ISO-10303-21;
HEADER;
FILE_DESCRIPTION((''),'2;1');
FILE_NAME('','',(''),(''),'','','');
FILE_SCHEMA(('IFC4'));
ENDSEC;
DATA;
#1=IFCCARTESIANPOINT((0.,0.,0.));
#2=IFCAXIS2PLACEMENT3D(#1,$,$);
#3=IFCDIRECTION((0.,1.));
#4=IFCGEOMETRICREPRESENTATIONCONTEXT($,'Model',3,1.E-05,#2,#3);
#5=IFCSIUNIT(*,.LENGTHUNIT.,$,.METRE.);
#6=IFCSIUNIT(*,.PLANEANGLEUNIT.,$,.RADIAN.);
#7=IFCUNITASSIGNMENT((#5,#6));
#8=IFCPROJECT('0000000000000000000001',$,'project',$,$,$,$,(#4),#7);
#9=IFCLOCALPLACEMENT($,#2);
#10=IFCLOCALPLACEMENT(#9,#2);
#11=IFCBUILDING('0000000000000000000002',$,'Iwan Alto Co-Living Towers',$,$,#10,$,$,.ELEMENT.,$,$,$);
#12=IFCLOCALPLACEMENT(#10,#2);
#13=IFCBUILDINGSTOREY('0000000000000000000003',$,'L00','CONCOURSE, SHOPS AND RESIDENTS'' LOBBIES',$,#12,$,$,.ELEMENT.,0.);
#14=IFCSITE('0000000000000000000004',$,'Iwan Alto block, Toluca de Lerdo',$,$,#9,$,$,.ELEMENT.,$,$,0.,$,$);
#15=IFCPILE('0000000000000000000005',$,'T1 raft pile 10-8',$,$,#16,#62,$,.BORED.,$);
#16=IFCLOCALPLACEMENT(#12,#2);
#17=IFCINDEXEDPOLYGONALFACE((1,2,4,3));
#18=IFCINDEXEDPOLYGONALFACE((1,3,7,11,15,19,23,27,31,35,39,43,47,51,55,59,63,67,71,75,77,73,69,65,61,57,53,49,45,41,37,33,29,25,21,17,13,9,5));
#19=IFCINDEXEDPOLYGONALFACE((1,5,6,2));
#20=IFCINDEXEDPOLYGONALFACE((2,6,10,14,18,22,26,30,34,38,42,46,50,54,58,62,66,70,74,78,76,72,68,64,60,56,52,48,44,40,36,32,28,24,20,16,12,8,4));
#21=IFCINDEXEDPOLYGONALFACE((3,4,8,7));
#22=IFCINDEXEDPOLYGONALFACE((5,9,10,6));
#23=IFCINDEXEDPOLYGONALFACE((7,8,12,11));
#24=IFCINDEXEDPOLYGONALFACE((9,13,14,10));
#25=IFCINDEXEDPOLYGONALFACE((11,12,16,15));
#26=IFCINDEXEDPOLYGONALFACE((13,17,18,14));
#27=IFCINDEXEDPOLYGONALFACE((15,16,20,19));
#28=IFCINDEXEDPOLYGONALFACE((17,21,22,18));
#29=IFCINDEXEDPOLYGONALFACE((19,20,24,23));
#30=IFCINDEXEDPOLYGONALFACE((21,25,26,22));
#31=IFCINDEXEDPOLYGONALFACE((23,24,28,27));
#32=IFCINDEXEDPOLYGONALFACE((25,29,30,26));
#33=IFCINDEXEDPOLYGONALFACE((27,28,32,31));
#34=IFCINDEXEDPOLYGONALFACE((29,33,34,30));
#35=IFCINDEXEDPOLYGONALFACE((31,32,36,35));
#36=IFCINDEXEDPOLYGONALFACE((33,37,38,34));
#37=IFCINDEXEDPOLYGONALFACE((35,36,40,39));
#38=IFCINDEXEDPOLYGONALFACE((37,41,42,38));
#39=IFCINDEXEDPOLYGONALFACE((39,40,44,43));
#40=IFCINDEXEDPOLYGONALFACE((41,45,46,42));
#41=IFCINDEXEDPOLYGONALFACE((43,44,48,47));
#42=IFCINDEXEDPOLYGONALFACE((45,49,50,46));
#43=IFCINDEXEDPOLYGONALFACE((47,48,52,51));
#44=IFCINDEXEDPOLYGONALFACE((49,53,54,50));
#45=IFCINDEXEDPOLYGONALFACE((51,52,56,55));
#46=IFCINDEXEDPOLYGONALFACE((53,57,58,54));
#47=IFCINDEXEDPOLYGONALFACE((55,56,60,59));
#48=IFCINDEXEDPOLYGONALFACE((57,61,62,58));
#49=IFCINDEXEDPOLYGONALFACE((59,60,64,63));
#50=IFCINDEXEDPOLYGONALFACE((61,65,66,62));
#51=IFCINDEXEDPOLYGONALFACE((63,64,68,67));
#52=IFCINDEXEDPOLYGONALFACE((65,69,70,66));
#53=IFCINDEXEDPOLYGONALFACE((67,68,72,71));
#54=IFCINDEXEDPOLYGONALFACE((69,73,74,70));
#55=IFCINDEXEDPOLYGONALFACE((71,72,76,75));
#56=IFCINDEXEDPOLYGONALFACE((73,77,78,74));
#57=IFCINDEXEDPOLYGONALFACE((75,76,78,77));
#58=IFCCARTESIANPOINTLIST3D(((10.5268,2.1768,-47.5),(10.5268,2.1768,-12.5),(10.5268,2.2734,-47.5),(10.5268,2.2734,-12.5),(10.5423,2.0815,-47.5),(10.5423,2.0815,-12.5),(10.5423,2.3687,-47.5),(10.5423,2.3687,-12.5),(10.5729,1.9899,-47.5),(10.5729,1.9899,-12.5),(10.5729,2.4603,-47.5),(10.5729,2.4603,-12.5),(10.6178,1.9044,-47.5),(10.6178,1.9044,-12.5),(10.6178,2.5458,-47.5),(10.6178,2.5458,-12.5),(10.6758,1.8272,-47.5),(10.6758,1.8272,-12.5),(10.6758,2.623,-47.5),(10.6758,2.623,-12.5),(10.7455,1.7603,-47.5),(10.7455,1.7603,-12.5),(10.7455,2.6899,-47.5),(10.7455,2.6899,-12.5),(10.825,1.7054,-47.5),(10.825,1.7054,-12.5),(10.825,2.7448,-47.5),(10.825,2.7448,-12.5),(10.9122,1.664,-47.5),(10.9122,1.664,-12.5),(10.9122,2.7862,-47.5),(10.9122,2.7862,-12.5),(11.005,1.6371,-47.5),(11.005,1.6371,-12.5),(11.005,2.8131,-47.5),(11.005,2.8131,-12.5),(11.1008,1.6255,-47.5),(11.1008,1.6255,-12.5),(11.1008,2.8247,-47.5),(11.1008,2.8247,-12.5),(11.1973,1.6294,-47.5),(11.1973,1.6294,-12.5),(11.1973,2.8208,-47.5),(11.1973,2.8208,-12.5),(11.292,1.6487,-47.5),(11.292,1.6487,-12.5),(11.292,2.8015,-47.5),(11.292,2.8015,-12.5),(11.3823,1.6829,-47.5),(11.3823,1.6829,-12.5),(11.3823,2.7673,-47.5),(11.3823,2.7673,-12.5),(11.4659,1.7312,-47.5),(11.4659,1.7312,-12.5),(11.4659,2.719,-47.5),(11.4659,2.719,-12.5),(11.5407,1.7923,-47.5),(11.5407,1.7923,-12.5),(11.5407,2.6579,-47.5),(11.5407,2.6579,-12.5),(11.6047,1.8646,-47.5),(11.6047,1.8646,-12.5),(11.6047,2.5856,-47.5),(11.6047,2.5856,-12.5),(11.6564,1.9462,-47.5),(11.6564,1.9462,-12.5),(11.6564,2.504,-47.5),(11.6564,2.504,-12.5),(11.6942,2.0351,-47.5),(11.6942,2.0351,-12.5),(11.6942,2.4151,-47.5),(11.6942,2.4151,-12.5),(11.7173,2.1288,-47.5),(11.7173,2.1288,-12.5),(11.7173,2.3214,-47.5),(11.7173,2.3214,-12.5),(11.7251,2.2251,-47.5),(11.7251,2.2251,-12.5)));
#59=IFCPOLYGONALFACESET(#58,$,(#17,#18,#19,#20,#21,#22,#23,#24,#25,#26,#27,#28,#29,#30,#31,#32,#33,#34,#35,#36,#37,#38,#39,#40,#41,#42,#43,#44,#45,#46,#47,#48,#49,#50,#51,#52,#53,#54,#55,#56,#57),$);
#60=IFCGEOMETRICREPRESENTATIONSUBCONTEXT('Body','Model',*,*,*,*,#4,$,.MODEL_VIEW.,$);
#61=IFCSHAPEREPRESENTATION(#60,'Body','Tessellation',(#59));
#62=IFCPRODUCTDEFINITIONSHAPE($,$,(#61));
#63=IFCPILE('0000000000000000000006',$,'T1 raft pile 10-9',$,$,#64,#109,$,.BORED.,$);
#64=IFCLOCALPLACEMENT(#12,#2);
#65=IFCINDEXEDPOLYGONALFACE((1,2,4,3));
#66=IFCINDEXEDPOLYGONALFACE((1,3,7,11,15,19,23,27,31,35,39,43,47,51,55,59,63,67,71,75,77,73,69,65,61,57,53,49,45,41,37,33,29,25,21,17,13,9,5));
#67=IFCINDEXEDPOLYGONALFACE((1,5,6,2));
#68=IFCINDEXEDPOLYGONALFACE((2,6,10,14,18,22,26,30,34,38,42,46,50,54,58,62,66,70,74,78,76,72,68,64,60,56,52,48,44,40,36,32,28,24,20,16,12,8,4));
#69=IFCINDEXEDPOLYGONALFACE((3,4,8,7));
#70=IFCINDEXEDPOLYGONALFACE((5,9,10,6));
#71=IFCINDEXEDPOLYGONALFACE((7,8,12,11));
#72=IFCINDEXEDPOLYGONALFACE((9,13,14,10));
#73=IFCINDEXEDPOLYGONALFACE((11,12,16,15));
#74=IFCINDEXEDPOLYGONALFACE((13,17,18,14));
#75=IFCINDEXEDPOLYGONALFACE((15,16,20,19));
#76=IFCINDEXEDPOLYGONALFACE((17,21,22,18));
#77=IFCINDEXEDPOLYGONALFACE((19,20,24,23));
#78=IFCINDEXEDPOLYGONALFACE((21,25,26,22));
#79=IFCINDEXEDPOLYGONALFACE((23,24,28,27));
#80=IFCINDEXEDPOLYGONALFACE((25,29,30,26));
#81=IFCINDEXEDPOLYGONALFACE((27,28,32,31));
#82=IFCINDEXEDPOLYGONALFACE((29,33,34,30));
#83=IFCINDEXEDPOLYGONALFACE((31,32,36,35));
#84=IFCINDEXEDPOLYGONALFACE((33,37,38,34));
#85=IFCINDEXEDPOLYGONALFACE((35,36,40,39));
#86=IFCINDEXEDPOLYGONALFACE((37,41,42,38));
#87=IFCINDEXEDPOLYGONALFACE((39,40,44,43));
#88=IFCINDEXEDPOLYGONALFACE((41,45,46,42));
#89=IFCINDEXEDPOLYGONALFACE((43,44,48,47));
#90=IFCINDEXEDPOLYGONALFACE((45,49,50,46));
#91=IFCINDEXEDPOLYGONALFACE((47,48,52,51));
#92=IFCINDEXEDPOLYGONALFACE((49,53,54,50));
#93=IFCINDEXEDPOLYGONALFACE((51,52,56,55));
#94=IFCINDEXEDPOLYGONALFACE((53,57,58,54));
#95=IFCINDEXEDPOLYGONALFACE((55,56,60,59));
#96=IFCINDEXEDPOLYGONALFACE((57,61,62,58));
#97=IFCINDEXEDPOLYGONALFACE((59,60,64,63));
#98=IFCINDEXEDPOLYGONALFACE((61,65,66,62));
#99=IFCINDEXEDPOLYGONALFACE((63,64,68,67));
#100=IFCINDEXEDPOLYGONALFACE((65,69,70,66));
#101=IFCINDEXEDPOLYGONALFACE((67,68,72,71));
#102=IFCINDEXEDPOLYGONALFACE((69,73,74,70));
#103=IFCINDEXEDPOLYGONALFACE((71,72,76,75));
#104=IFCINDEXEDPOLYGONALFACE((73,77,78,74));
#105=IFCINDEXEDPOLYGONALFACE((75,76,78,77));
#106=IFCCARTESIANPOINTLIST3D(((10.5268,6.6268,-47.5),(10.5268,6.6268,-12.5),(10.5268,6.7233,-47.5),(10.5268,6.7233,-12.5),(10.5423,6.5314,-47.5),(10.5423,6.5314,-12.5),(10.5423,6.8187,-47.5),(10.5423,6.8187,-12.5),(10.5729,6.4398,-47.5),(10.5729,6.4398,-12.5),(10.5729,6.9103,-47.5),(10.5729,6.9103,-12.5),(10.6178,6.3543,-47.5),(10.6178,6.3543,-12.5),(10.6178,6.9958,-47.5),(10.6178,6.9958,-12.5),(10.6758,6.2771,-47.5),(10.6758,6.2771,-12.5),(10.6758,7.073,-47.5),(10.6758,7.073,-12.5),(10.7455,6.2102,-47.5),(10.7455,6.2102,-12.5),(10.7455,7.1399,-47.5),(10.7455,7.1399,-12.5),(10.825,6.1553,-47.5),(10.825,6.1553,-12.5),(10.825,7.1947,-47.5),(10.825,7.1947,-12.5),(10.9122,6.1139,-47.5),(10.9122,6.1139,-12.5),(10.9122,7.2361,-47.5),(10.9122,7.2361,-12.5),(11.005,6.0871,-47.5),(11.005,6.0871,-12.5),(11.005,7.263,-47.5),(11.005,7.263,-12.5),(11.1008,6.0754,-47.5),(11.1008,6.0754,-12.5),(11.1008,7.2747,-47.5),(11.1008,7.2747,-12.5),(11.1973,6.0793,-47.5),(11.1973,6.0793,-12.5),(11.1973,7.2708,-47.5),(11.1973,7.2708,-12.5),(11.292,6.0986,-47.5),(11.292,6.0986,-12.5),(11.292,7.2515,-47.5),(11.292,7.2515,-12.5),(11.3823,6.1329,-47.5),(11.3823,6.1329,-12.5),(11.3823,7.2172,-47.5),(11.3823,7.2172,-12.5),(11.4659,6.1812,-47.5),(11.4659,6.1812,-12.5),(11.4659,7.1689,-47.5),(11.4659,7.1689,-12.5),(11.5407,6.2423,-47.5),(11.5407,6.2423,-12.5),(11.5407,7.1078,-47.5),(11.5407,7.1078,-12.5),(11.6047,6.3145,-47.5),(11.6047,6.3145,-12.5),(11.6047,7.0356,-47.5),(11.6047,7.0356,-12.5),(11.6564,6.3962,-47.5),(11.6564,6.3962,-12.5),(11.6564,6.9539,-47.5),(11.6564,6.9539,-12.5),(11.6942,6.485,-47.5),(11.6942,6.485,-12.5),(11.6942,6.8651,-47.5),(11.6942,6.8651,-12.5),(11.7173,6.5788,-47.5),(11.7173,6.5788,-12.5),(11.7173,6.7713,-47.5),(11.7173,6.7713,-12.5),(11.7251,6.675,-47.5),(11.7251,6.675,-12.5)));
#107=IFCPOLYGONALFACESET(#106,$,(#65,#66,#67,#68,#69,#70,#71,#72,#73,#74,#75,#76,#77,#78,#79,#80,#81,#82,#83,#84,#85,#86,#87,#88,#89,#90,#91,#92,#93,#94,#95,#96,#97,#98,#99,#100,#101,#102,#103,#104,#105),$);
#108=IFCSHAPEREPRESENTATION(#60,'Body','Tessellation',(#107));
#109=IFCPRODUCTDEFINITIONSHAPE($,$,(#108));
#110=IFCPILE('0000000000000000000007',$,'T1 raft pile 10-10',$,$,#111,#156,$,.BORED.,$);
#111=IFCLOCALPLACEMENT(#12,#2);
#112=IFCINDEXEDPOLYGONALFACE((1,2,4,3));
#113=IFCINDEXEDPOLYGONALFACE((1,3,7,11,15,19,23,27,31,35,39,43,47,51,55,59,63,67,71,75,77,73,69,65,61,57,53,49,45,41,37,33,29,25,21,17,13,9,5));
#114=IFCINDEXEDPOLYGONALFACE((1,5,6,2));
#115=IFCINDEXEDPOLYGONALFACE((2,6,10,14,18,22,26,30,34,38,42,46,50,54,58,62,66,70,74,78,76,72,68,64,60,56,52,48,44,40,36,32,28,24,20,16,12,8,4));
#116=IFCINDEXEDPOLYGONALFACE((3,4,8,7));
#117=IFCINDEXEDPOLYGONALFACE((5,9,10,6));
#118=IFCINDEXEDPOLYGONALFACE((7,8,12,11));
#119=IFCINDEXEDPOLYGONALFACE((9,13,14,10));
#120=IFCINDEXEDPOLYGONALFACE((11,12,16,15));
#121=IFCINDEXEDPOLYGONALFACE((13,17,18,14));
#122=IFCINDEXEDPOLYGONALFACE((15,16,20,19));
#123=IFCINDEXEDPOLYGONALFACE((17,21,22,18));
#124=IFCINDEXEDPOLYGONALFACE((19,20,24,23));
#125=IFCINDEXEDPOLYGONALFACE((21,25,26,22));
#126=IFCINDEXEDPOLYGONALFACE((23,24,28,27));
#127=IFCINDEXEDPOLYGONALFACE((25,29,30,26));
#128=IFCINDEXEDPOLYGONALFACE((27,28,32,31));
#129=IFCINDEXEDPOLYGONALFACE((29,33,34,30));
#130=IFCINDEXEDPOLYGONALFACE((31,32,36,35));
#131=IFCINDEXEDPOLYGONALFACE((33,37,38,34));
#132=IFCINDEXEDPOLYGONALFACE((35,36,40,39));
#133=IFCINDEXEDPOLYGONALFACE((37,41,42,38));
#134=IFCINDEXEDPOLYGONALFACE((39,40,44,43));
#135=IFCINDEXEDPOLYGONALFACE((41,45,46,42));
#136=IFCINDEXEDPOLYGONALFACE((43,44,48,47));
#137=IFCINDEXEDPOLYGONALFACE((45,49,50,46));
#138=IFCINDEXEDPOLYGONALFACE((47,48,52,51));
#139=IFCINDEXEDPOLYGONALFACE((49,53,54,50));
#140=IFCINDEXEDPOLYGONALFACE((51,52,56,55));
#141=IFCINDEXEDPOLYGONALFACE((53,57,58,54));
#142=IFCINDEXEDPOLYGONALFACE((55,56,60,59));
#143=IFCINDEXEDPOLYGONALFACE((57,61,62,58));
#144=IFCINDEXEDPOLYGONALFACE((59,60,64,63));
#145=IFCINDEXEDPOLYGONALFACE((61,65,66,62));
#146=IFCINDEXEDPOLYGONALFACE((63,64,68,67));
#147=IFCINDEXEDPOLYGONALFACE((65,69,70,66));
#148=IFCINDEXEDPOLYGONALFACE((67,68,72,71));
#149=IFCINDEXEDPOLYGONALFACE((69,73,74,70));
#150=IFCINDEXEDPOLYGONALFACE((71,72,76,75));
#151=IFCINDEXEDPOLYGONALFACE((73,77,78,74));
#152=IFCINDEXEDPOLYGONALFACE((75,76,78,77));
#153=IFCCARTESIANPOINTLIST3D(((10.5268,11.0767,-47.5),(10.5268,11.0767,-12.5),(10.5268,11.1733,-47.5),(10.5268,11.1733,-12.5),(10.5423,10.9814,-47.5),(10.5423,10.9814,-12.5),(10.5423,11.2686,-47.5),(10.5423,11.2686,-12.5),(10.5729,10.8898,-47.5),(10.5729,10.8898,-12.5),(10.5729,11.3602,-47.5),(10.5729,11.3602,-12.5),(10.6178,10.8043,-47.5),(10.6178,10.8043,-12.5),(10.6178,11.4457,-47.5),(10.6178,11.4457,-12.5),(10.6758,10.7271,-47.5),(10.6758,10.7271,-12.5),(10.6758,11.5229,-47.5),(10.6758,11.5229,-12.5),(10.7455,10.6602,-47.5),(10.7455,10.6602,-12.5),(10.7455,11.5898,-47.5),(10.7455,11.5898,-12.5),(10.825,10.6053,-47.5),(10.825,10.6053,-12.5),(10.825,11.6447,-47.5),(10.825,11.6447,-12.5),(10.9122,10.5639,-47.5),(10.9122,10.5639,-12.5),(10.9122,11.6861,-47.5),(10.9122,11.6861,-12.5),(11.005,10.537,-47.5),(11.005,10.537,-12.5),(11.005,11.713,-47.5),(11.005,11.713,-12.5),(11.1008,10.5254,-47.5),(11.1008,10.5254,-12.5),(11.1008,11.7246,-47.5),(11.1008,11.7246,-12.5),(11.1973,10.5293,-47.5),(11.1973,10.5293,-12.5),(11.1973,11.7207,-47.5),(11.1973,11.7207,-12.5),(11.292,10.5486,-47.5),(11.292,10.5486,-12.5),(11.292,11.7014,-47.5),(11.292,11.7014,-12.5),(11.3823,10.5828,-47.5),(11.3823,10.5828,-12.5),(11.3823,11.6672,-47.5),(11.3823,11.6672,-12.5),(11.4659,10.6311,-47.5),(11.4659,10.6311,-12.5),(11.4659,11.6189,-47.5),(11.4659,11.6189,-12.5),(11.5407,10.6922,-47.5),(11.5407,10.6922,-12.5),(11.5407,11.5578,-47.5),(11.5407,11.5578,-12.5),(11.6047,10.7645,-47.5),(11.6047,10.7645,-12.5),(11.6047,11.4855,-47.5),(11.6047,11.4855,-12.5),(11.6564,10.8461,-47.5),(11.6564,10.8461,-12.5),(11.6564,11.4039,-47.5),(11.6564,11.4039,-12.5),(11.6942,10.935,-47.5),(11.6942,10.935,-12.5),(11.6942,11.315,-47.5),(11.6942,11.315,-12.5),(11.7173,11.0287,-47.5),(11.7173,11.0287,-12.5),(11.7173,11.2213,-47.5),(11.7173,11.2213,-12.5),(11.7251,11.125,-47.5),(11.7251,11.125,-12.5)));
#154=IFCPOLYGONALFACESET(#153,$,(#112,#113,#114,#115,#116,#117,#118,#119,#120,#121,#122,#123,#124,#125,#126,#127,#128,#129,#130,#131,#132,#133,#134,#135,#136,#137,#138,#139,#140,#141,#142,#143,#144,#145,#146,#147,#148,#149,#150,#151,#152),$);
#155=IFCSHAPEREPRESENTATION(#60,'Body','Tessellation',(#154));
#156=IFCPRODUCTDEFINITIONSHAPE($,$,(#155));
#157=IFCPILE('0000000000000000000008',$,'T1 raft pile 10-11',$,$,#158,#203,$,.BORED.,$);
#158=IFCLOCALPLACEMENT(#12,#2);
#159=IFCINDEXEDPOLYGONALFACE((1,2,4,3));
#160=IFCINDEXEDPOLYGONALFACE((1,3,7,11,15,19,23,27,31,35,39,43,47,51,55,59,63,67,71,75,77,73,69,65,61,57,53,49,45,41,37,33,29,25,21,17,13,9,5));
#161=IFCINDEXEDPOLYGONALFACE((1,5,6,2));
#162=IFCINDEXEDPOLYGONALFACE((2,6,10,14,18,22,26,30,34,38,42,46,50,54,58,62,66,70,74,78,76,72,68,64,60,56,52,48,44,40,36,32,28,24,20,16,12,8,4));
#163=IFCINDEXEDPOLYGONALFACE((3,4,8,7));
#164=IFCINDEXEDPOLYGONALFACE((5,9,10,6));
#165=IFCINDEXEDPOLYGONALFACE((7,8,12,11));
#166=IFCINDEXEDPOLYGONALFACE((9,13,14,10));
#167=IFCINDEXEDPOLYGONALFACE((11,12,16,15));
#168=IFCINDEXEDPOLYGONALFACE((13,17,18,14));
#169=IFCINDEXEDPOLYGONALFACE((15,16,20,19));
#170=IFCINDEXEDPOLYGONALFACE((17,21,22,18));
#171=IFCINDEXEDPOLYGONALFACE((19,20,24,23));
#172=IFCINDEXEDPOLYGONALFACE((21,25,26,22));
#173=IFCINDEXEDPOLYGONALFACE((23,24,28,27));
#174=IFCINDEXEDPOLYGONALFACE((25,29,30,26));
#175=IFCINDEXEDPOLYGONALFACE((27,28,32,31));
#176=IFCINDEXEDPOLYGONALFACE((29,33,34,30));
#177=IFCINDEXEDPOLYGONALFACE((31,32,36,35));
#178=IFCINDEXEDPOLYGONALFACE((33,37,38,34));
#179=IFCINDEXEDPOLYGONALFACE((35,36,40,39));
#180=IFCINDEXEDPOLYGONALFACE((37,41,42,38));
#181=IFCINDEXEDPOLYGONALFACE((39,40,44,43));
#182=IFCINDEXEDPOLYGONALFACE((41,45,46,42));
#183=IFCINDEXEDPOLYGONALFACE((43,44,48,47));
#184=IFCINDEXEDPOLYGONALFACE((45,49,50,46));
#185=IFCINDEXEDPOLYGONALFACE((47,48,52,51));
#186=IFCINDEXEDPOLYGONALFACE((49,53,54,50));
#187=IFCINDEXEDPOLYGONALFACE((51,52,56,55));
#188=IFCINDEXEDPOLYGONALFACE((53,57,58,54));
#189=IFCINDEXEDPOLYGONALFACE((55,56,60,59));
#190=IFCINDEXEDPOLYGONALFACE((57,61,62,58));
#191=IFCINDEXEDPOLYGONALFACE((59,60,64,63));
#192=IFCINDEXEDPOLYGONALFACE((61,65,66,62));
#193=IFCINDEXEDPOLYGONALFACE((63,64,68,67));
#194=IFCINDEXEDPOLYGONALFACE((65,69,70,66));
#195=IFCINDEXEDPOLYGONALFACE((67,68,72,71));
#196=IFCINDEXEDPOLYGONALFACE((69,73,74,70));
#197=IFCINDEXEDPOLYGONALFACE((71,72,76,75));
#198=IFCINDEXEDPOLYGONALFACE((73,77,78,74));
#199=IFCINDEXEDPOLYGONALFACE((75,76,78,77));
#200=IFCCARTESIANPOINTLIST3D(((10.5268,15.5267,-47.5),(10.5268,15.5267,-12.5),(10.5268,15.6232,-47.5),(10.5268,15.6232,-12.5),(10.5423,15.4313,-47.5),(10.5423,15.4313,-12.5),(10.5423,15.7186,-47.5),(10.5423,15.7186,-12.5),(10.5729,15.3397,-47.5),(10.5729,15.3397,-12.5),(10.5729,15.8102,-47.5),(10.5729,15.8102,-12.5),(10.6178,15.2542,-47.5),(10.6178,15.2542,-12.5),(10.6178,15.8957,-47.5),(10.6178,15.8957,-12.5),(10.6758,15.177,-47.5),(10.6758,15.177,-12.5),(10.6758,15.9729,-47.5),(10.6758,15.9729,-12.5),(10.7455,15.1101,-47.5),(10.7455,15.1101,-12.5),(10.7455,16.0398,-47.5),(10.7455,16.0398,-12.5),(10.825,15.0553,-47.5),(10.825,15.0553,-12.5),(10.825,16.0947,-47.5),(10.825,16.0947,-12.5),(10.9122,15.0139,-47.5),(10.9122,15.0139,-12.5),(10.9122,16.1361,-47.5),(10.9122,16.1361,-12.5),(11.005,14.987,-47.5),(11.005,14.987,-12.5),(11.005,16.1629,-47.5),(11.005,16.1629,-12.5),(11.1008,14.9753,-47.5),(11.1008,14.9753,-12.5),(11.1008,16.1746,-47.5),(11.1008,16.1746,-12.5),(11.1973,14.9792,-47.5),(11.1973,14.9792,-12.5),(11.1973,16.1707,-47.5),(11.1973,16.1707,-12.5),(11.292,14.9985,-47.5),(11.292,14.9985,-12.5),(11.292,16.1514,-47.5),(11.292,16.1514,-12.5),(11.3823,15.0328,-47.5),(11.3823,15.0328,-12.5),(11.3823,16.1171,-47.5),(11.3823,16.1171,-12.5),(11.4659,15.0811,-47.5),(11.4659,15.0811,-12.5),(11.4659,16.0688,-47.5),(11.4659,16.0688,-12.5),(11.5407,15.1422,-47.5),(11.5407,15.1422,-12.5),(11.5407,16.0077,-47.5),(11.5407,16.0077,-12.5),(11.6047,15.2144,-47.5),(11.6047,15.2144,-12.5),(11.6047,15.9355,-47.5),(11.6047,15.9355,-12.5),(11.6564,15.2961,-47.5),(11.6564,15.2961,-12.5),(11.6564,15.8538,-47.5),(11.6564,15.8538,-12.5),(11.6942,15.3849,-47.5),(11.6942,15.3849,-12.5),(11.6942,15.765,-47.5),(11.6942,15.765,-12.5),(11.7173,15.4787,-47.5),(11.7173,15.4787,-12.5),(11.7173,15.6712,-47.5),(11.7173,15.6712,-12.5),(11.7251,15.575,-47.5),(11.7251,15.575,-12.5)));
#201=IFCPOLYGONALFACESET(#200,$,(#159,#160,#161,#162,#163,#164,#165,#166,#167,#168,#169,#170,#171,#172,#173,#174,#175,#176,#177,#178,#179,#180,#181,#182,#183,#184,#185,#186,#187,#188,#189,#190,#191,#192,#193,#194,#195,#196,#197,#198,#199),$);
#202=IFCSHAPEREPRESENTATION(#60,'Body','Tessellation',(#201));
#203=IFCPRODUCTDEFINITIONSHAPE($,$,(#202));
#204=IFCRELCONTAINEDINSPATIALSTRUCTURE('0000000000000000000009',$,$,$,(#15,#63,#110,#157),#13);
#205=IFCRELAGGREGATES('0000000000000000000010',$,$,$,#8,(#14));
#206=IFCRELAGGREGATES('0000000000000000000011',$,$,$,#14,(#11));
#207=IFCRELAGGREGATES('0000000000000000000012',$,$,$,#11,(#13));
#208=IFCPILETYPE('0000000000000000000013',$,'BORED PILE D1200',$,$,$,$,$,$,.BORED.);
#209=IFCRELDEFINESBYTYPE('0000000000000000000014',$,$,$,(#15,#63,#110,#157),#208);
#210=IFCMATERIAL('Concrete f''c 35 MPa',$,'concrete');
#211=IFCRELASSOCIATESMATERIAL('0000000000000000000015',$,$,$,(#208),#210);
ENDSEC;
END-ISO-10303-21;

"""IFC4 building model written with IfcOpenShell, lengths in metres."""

from ifc_helpers import new_model, si_unit, direction, frame, origin, origin_2d, place, context, subcontext, project, spatial, circle, extrude, material, material_profile, profile_set, type_object, element, save


model = new_model("IFC4")

# Units and contexts
model_context = context("Model", 3, precision=1e-05, world=origin(), true_north=direction((0.0, 1.0)))
body_context = subcontext(model_context, "Body", "Model", "MODEL_VIEW")
ifc_project = project(units=[si_unit("LENGTHUNIT", "METRE"), si_unit("PLANEANGLEUNIT", "RADIAN")], contexts=[model_context])

# Site, building, storey
site_placement = place(None, origin())
site = spatial("IfcSite", under=ifc_project, at=site_placement, Name="Iwan Alto block, Toluca de Lerdo", CompositionType="ELEMENT", RefElevation=0.0)
building_placement = place(site_placement, origin())
building = spatial("IfcBuilding", under=site, at=building_placement, Name="Iwan Alto Co-Living Towers", CompositionType="ELEMENT")
storey_placement = place(building_placement, origin())
storey = spatial("IfcBuildingStorey", under=building, at=storey_placement, Name="L00", Description="CONCOURSE, SHOPS AND RESIDENTS' LOBBIES", CompositionType="ELEMENT", Elevation=0.0)

# Piles
ifc_material_1 = material(Name="Concrete f'c 35 MPa", Category="concrete")
ifc_material_profile_1 = material_profile(ifc_material_1, circle(Radius=0.6001, at=origin_2d()), Name="D1200")
ifc_profile_set_1 = profile_set([ifc_material_profile_1], Name="Concrete f'c 35 MPa")
pile_type = type_object("IfcPileType", Name="BORED PILE D1200", PredefinedType="BORED", material=ifc_profile_set_1)
for number, where, z_axis, x_axis, name in (
    (1, (11.125, 2.2251, -12.5), (0.0, 0.0, -1.0), (1.0, 0.0, 0.0), "T1 raft pile 10-8"),
    (2, (11.125, 6.675, -12.5), (0.0, 0.0, -1.0), (1.0, 0.0, 0.0), "T1 raft pile 10-9"),
    (3, (11.125, 11.125, -12.5), (0.0, 0.0, -1.0), (1.0, 0.0, 0.0), "T1 raft pile 10-10"),
    (4, (11.125, 15.575, -12.5), (0.0, 0.0, -1.0), (1.0, 0.0, 0.0), "T1 raft pile 10-11"),
):
    element("IfcPile", number, at=place(storey_placement, frame(where, z_axis=z_axis, x_axis=x_axis)), inside=storey, type_object=pile_type, Name=name, PredefinedType="BORED", context=body_context, shape_type="SweptSolid", body=[
        extrude(circle(Radius=0.6001, at=origin_2d()), origin(), (0.0, 0.0, 1.0), 35.0),
    ])

save(model, "model.ifc")
